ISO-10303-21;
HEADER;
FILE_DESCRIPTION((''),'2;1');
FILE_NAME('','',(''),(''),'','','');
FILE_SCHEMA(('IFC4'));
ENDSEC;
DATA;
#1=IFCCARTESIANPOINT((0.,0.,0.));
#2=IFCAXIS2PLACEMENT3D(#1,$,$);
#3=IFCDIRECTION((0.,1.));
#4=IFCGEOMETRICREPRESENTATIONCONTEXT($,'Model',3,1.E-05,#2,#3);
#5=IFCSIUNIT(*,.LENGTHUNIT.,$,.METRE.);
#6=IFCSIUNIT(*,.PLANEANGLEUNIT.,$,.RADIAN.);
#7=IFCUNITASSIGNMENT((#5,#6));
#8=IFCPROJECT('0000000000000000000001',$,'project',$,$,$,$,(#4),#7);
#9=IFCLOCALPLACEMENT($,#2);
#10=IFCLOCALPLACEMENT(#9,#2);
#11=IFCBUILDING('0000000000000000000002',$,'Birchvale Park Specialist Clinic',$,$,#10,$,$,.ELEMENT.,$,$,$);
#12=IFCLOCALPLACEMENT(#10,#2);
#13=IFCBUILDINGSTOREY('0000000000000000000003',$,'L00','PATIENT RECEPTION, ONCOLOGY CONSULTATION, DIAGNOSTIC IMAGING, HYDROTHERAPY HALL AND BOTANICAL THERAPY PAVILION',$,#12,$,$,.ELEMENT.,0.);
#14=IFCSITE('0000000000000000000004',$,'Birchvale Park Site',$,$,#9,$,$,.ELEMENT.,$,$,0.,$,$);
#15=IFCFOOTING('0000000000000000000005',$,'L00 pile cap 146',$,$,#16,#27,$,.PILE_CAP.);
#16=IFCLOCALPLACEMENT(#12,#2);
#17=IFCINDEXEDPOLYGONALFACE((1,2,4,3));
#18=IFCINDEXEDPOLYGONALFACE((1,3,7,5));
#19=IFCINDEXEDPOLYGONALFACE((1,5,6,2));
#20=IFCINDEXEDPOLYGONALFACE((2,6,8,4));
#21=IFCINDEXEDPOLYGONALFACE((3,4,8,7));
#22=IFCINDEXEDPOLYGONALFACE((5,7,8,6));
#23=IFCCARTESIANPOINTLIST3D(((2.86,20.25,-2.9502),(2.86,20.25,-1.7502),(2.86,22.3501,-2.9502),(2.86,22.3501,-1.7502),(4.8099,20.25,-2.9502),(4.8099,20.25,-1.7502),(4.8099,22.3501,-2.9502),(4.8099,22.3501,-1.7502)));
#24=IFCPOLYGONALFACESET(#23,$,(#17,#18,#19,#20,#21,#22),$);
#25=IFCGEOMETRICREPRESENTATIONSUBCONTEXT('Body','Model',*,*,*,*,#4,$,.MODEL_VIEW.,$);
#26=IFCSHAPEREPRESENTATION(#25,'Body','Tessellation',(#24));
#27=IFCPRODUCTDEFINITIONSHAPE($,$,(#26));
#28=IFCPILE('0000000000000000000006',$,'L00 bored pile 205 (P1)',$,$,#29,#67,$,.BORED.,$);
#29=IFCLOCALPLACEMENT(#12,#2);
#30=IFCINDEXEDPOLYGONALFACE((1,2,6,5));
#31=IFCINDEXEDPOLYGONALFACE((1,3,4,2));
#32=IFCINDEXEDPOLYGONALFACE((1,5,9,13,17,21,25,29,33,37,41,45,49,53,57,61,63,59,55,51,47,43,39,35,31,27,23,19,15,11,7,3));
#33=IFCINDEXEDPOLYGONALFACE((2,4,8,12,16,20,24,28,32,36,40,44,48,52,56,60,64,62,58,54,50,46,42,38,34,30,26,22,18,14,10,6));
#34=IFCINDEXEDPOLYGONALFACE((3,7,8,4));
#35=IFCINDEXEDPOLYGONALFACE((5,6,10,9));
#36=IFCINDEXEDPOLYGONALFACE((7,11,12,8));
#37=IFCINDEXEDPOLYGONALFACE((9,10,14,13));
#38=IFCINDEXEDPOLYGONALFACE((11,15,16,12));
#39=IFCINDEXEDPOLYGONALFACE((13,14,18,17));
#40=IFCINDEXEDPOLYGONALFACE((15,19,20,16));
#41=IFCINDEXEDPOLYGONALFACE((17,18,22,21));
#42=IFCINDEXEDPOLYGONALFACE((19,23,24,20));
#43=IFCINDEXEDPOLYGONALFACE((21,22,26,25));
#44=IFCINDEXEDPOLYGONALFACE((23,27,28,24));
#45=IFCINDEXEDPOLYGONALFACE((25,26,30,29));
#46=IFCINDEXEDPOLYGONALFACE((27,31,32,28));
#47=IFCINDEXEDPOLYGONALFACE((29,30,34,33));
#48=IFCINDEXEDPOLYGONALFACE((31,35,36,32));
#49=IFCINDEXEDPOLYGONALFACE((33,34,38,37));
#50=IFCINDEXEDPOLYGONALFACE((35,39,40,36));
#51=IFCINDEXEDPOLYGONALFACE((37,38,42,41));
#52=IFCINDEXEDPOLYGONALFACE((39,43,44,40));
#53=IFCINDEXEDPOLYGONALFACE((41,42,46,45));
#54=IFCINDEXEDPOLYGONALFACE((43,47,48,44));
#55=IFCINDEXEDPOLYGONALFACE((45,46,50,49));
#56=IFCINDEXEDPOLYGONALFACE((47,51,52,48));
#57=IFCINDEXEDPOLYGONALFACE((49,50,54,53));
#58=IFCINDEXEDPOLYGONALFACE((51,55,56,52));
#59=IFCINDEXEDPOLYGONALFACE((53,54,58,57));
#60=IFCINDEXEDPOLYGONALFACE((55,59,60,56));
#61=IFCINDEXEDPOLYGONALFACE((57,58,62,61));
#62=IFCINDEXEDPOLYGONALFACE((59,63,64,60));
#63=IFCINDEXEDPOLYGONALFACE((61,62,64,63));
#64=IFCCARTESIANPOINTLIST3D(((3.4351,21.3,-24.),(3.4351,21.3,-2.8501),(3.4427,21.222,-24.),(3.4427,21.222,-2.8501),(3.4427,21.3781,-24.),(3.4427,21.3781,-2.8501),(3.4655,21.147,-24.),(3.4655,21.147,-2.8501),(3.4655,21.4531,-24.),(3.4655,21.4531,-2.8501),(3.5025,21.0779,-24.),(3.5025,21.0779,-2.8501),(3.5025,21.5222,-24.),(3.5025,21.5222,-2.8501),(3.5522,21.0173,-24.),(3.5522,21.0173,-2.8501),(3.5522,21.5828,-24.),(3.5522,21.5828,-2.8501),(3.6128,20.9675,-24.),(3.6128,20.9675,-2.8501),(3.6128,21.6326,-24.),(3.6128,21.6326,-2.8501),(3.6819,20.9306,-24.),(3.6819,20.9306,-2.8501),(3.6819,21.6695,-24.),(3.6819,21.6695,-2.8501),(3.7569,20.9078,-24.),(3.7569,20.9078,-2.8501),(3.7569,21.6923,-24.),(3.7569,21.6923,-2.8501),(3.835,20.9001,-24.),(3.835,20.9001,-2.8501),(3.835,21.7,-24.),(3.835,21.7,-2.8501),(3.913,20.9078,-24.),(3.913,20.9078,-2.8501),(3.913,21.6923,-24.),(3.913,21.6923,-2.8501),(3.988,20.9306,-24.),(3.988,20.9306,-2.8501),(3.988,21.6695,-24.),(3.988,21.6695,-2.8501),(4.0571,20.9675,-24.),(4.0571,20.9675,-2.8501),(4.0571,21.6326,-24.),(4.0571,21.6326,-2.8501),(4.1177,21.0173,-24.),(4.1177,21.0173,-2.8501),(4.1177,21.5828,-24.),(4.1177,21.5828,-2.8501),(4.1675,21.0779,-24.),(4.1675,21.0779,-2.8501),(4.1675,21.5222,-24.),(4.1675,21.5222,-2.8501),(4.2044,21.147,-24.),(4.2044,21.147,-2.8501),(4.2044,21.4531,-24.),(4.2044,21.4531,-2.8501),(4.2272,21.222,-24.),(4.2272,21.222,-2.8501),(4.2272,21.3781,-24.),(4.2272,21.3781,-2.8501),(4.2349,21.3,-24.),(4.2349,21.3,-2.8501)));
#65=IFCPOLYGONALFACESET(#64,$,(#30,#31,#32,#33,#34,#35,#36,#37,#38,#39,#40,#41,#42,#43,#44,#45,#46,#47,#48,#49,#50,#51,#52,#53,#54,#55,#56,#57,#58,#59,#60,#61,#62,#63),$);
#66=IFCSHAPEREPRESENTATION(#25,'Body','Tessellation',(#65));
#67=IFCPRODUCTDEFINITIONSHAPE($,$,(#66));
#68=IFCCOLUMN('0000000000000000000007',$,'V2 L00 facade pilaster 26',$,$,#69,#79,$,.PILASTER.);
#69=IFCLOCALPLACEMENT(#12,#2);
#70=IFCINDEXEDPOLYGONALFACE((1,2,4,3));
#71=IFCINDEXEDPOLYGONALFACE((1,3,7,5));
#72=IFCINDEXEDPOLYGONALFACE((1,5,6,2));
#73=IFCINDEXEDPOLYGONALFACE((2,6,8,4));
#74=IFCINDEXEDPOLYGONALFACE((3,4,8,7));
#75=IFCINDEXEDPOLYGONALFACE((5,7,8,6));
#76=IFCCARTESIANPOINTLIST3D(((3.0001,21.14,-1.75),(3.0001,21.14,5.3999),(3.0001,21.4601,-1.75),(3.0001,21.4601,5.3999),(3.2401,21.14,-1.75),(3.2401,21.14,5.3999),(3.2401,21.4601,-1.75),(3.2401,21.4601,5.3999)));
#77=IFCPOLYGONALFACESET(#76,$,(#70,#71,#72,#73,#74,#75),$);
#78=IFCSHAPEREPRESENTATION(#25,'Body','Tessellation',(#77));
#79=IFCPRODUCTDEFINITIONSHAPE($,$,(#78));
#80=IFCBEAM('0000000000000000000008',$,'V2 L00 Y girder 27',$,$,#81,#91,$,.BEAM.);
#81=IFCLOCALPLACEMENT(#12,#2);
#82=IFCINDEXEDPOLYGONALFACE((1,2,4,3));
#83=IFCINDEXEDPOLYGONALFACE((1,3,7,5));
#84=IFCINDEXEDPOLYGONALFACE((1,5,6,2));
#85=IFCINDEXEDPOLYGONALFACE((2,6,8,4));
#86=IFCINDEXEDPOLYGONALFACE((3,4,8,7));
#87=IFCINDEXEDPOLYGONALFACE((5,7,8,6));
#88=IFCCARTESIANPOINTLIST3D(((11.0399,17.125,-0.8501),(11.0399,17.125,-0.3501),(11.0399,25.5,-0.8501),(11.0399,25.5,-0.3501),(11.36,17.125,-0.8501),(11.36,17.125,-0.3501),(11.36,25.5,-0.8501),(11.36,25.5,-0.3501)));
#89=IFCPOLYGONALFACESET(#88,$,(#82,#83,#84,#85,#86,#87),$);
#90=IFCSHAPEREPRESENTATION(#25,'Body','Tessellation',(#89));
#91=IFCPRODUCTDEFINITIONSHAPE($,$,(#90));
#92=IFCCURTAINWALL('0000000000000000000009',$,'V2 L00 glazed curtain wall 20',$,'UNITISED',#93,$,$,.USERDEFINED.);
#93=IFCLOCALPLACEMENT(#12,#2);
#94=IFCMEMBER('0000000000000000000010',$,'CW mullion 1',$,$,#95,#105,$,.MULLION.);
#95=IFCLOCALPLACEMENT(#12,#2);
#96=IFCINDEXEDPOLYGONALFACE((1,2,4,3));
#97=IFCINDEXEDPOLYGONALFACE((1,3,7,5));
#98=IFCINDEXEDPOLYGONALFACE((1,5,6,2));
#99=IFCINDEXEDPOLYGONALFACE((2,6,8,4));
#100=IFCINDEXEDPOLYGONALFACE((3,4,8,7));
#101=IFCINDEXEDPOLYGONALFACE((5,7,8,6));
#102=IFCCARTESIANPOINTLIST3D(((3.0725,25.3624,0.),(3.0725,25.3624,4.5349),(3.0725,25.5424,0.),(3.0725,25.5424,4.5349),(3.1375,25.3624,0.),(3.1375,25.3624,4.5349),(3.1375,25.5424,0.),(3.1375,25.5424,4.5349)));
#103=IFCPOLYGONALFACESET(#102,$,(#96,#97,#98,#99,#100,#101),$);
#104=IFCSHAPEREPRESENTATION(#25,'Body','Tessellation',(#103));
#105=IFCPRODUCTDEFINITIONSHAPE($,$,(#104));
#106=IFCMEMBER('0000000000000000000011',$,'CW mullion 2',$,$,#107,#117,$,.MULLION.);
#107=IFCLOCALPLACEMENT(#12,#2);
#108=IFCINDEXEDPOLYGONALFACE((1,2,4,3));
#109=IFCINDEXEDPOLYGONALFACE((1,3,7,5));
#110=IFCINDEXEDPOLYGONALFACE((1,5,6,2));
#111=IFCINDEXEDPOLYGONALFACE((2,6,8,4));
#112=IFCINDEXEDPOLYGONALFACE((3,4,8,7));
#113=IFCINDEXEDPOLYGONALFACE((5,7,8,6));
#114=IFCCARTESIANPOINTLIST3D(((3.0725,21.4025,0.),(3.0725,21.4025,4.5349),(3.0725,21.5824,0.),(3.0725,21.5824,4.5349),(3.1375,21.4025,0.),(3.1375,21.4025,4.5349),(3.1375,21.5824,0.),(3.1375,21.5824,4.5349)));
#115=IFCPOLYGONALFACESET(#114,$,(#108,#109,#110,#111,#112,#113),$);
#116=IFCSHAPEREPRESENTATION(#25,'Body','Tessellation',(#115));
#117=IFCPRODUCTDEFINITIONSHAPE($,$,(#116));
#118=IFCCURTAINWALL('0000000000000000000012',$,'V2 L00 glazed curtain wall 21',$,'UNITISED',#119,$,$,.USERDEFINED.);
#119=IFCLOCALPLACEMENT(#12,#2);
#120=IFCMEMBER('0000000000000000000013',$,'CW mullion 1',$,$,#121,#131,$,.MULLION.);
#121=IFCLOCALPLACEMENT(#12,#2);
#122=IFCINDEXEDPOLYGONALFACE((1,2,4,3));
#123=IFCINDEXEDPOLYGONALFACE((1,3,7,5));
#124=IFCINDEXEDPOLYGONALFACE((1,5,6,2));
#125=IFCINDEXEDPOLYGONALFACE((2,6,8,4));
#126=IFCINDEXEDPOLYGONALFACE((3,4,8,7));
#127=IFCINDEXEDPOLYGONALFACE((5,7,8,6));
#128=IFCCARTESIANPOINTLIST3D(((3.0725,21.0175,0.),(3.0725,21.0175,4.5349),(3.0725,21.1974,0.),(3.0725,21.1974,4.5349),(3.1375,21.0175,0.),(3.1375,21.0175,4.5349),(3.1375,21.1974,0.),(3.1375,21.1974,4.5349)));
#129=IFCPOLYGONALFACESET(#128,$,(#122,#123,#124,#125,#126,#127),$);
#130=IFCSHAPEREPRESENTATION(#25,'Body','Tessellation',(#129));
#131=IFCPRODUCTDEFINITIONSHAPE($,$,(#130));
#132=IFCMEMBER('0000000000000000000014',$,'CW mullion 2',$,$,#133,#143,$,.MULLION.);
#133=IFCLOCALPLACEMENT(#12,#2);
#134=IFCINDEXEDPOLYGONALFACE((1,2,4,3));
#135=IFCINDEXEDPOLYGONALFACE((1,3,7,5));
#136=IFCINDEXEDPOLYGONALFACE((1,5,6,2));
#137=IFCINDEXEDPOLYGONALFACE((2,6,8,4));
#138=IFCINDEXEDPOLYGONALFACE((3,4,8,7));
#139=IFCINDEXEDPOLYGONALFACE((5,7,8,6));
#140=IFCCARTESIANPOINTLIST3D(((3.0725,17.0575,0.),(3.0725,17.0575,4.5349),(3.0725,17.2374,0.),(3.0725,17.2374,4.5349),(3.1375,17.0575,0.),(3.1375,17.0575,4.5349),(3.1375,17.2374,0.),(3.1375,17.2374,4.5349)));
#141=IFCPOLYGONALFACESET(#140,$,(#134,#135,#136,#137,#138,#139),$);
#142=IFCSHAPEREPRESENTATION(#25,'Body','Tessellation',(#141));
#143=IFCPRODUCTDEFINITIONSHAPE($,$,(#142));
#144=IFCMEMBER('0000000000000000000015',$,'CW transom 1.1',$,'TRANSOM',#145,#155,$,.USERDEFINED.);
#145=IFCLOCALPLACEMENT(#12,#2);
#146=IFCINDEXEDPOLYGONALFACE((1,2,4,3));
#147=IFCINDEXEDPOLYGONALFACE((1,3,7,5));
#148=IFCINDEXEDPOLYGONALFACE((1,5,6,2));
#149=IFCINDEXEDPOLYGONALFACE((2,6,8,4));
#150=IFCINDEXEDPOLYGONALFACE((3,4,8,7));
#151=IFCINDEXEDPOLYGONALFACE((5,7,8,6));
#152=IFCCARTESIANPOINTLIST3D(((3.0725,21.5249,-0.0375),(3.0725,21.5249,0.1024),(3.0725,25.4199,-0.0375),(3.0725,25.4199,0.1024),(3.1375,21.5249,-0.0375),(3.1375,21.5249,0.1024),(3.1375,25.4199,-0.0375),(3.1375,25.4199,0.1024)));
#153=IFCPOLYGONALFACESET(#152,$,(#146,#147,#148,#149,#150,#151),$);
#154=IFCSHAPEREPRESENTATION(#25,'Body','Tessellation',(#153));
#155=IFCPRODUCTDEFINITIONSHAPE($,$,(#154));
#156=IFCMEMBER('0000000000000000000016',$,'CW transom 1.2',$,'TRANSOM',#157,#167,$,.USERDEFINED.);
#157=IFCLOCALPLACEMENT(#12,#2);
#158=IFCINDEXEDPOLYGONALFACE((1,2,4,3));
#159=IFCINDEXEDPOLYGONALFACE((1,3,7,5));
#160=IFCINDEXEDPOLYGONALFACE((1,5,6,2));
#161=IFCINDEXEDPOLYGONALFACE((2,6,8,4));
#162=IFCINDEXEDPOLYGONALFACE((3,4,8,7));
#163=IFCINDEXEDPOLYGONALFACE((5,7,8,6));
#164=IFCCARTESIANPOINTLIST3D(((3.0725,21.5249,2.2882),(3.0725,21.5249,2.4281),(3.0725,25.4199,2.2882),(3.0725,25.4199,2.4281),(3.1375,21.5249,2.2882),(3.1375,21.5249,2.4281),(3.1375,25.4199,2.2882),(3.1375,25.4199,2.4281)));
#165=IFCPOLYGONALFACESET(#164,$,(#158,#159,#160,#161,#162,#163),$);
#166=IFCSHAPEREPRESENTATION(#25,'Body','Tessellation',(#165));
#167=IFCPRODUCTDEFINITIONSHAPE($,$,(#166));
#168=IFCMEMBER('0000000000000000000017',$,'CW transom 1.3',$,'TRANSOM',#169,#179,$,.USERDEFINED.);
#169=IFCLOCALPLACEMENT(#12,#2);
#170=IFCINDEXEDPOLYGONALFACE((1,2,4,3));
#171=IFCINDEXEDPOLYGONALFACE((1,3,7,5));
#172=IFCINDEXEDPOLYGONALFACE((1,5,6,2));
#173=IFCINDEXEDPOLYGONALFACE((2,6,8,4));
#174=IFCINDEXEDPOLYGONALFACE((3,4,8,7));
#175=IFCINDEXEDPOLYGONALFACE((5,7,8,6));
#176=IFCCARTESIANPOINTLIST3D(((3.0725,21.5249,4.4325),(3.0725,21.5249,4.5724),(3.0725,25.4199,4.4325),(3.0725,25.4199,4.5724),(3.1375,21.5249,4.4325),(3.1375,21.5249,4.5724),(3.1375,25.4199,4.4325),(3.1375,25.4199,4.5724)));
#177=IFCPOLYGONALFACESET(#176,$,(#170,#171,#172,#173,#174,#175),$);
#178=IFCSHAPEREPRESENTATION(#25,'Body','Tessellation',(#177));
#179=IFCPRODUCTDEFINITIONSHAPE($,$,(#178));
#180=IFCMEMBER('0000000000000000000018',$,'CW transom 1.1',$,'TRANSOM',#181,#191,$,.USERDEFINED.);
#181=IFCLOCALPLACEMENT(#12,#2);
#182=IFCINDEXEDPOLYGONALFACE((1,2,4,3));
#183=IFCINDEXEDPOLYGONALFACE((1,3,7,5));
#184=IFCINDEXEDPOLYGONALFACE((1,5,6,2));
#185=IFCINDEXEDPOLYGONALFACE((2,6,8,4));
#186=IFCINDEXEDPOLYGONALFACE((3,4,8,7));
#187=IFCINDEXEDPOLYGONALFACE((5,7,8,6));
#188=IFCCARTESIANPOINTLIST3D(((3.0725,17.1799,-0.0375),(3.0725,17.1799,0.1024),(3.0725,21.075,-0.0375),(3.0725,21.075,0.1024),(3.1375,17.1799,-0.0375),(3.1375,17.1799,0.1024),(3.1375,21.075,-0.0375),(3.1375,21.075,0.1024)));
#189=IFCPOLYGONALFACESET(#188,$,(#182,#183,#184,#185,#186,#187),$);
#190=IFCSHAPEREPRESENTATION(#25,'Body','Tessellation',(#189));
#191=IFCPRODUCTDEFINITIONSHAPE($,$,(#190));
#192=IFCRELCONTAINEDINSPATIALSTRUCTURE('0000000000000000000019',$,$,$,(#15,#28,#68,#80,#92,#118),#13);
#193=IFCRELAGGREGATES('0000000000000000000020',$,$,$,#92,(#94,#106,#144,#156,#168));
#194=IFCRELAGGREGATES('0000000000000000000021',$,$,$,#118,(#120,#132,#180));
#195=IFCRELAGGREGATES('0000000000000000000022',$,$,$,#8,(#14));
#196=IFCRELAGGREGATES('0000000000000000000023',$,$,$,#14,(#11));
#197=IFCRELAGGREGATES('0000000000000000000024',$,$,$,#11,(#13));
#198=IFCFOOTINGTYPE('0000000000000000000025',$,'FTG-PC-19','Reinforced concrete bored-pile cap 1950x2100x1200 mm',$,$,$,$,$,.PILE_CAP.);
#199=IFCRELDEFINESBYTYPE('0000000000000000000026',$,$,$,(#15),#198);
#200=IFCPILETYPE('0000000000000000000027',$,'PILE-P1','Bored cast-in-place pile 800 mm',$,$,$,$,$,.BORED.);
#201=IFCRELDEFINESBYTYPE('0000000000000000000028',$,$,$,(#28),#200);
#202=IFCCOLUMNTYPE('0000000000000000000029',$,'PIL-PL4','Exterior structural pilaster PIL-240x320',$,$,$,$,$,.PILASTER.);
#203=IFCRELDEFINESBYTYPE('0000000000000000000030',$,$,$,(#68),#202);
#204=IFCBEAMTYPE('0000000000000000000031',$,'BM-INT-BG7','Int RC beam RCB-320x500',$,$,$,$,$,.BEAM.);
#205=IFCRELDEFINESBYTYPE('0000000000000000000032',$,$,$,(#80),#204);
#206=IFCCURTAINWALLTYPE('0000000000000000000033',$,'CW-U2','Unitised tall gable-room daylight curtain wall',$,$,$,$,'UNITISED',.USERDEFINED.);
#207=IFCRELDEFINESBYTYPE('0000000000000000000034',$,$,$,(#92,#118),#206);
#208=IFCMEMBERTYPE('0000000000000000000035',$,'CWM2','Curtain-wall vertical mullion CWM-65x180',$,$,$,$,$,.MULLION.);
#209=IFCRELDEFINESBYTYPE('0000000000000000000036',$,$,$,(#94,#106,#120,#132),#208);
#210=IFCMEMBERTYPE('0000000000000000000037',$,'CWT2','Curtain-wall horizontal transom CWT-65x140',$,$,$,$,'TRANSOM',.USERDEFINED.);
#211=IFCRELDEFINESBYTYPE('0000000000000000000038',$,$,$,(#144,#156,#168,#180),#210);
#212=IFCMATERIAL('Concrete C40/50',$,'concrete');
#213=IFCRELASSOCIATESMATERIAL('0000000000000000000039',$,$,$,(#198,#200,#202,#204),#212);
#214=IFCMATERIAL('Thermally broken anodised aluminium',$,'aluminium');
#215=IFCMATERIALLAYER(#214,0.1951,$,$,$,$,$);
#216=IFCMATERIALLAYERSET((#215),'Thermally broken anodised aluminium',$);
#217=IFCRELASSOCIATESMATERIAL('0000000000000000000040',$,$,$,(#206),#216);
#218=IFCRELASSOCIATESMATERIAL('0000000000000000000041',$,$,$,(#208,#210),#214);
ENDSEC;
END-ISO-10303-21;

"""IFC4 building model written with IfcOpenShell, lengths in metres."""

from ifc_helpers import new_model, si_unit, direction, frame, origin, origin_2d, place, context, subcontext, project, spatial, rectangle, circle, extrude, material, layer, layer_set, material_profile, profile_set, type_object, element, aggregate, save


model = new_model("IFC4")

# Units and contexts
model_context = context("Model", 3, precision=1e-05, world=origin(), true_north=direction((0.0, 1.0)))
body_context = subcontext(model_context, "Body", "Model", "MODEL_VIEW")
ifc_project = project(units=[si_unit("LENGTHUNIT", "METRE"), si_unit("PLANEANGLEUNIT", "RADIAN")], contexts=[model_context])

# Site, building, storey
site_placement = place(None, origin())
site = spatial("IfcSite", under=ifc_project, at=site_placement, Name="Birchvale Park Site", CompositionType="ELEMENT", RefElevation=0.0)
building_placement = place(site_placement, origin())
building = spatial("IfcBuilding", under=site, at=building_placement, Name="Birchvale Park Specialist Clinic", CompositionType="ELEMENT")
storey_placement = place(building_placement, origin())
storey = spatial("IfcBuildingStorey", under=building, at=storey_placement, Name="L00", Description="PATIENT RECEPTION, ONCOLOGY CONSULTATION, DIAGNOSTIC IMAGING, HYDROTHERAPY HALL AND BOTANICAL THERAPY PAVILION", CompositionType="ELEMENT", Elevation=0.0)

# Footing
ifc_material_1 = material(Name="Concrete C40/50", Category="concrete")
footing_type = type_object("IfcFootingType", Name="FTG-PC-19", Description="Reinforced concrete bored-pile cap 1950x2100x1200 mm", PredefinedType="PILE_CAP", material=ifc_material_1)
footing_placement = place(storey_placement, frame((3.835, 21.3, -2.9502), z_axis=(0.0, 0.0, 1.0), x_axis=(1.0, 0.0, 0.0)))
element("IfcFooting", 1, at=footing_placement, inside=storey, type_object=footing_type, Name="L00 pile cap 146", PredefinedType="PILE_CAP", context=body_context, shape_type="SweptSolid", body=[
    extrude(rectangle(XDim=1.95, YDim=2.1001, at=origin_2d()), origin(), (0.0, 0.0, 1.0), 1.2),
])

# Pile
ifc_material_profile_1 = material_profile(ifc_material_1, circle(Radius=0.3999, at=origin_2d()), Name="PILE-800")
ifc_profile_set_1 = profile_set([ifc_material_profile_1], Name="Concrete C40/50")
pile_type = type_object("IfcPileType", Name="PILE-P1", Description="Bored cast-in-place pile 800 mm", PredefinedType="BORED", material=ifc_profile_set_1)
pile_placement = place(storey_placement, frame((3.835, 21.3, -2.8501), z_axis=(0.0, 0.0, -1.0), x_axis=(1.0, 0.0, 0.0)))
element("IfcPile", 2, at=pile_placement, inside=storey, type_object=pile_type, Name="L00 bored pile 205 (P1)", PredefinedType="BORED", context=body_context, shape_type="SweptSolid", body=[
    extrude(circle(Radius=0.3999, at=origin_2d()), origin(), (0.0, 0.0, 1.0), 21.1499),
])

# Column
ifc_material_profile_2 = material_profile(ifc_material_1, rectangle(XDim=0.24, YDim=0.3201, at=origin_2d()), Name="PIL-240x320")
ifc_profile_set_2 = profile_set([ifc_material_profile_2], Name="Concrete C40/50")
column_type = type_object("IfcColumnType", Name="PIL-PL4", Description="Exterior structural pilaster PIL-240x320", PredefinedType="PILASTER", material=ifc_profile_set_2)
column_placement = place(storey_placement, frame((3.1201, 21.3, -1.75), z_axis=(0.0, 0.0, 1.0), x_axis=(1.0, 0.0, 0.0)))
element("IfcColumn", 3, at=column_placement, inside=storey, type_object=column_type, Name="V2 L00 facade pilaster 26", PredefinedType="PILASTER", context=body_context, shape_type="SweptSolid", body=[
    extrude(rectangle(XDim=0.24, YDim=0.3201, at=origin_2d()), origin(), (0.0, 0.0, 1.0), 7.1499),
])

# Beam
ifc_material_profile_3 = material_profile(ifc_material_1, rectangle(XDim=0.3201, YDim=0.5, at=origin_2d()), Name="RCB-320x500")
ifc_profile_set_3 = profile_set([ifc_material_profile_3], Name="Concrete C40/50")
beam_type = type_object("IfcBeamType", Name="BM-INT-BG7", Description="Int RC beam RCB-320x500", PredefinedType="BEAM", material=ifc_profile_set_3)
beam_placement = place(storey_placement, frame((11.2, 17.125, -0.6001), z_axis=(0.0, 1.0, 0.0), x_axis=(-1.0, 0.0, 0.0)))
element("IfcBeam", 4, at=beam_placement, inside=storey, type_object=beam_type, Name="V2 L00 Y girder 27", PredefinedType="BEAM", context=body_context, shape_type="SweptSolid", body=[
    extrude(rectangle(XDim=0.3201, YDim=0.5, at=origin_2d()), origin(), (0.0, 0.0, 1.0), 8.375),
])

# Curtain walls, members
ifc_material_2 = material(Name="Thermally broken anodised aluminium", Category="aluminium")
ifc_layer_1 = layer(ifc_material_2, 0.1951)
ifc_layer_set_1 = layer_set([ifc_layer_1], Name="Thermally broken anodised aluminium")
curtain_wall_type = type_object("IfcCurtainWallType", Name="CW-U2", Description="Unitised tall gable-room daylight curtain wall", ElementType="UNITISED", PredefinedType="USERDEFINED", material=ifc_layer_set_1)
curtain_wall_1_placement = place(storey_placement, origin())
curtain_wall_1 = element("IfcCurtainWall", 5, at=curtain_wall_1_placement, inside=storey, type_object=curtain_wall_type, Name="V2 L00 glazed curtain wall 20", ObjectType="UNITISED", PredefinedType="USERDEFINED")
ifc_material_profile_4 = material_profile(ifc_material_2, rectangle(XDim=0.0649, YDim=0.1799, at=origin_2d()), Name="CWM-65x180")
ifc_profile_set_4 = profile_set([ifc_material_profile_4], Name="Thermally broken anodised aluminium")
member_type_1 = type_object("IfcMemberType", Name="CWM2", Description="Curtain-wall vertical mullion CWM-65x180", PredefinedType="MULLION", material=ifc_profile_set_4)
member_1_placement = place(storey_placement, frame((3.105, 25.4524, 0.0), z_axis=(0.0, 0.0, 1.0), x_axis=(1.0, 0.0, 0.0)))
member_1 = element("IfcMember", 6, at=member_1_placement, type_object=member_type_1, Name="CW mullion 1", PredefinedType="MULLION", context=body_context, shape_type="SweptSolid", body=[
    extrude(rectangle(XDim=0.0649, YDim=0.1799, at=origin_2d()), origin(), (0.0, 0.0, 1.0), 4.5349),
])
member_2_placement = place(storey_placement, frame((3.105, 21.4924, 0.0), z_axis=(0.0, 0.0, 1.0), x_axis=(1.0, 0.0, 0.0)))
member_2 = element("IfcMember", 7, at=member_2_placement, type_object=member_type_1, Name="CW mullion 2", PredefinedType="MULLION", context=body_context, shape_type="SweptSolid", body=[
    extrude(rectangle(XDim=0.0649, YDim=0.1799, at=origin_2d()), origin(), (0.0, 0.0, 1.0), 4.5349),
])
curtain_wall_2_placement = place(storey_placement, origin())
curtain_wall_2 = element("IfcCurtainWall", 8, at=curtain_wall_2_placement, inside=storey, type_object=curtain_wall_type, Name="V2 L00 glazed curtain wall 21", ObjectType="UNITISED", PredefinedType="USERDEFINED")
member_3_placement = place(storey_placement, frame((3.105, 21.1074, 0.0), z_axis=(0.0, 0.0, 1.0), x_axis=(1.0, 0.0, 0.0)))
member_3 = element("IfcMember", 9, at=member_3_placement, type_object=member_type_1, Name="CW mullion 1", PredefinedType="MULLION", context=body_context, shape_type="SweptSolid", body=[
    extrude(rectangle(XDim=0.0649, YDim=0.1799, at=origin_2d()), origin(), (0.0, 0.0, 1.0), 4.5349),
])
member_4_placement = place(storey_placement, frame((3.105, 17.1475, 0.0), z_axis=(0.0, 0.0, 1.0), x_axis=(1.0, 0.0, 0.0)))
member_4 = element("IfcMember", 10, at=member_4_placement, type_object=member_type_1, Name="CW mullion 2", PredefinedType="MULLION", context=body_context, shape_type="SweptSolid", body=[
    extrude(rectangle(XDim=0.0649, YDim=0.1799, at=origin_2d()), origin(), (0.0, 0.0, 1.0), 4.5349),
])

# Members
ifc_material_profile_5 = material_profile(ifc_material_2, rectangle(XDim=0.0649, YDim=0.1399, at=origin_2d()), Name="CWT-65x140")
ifc_profile_set_5 = profile_set([ifc_material_profile_5], Name="Thermally broken anodised aluminium")
member_type_2 = type_object("IfcMemberType", Name="CWT2", Description="Curtain-wall horizontal transom CWT-65x140", ElementType="TRANSOM", PredefinedType="USERDEFINED", material=ifc_profile_set_5)
member_5_placement = place(storey_placement, frame((3.105, 25.4199, 0.0325), z_axis=(0.0, -1.0, 0.0), x_axis=(1.0, 0.0, 0.0)))
member_5 = element("IfcMember", 11, at=member_5_placement, type_object=member_type_2, Name="CW transom 1.1", ObjectType="TRANSOM", PredefinedType="USERDEFINED", context=body_context, shape_type="SweptSolid", body=[
    extrude(rectangle(XDim=0.0649, YDim=0.1399, at=origin_2d()), origin(), (0.0, 0.0, 1.0), 3.895),
])
member_6_placement = place(storey_placement, frame((3.105, 25.4199, 2.3582), z_axis=(0.0, -1.0, 0.0), x_axis=(1.0, 0.0, 0.0)))
member_6 = element("IfcMember", 12, at=member_6_placement, type_object=member_type_2, Name="CW transom 1.2", ObjectType="TRANSOM", PredefinedType="USERDEFINED", context=body_context, shape_type="SweptSolid", body=[
    extrude(rectangle(XDim=0.0649, YDim=0.1399, at=origin_2d()), origin(), (0.0, 0.0, 1.0), 3.895),
])
member_7_placement = place(storey_placement, frame((3.105, 25.4199, 4.5024), z_axis=(0.0, -1.0, 0.0), x_axis=(1.0, 0.0, 0.0)))
member_7 = element("IfcMember", 13, at=member_7_placement, type_object=member_type_2, Name="CW transom 1.3", ObjectType="TRANSOM", PredefinedType="USERDEFINED", context=body_context, shape_type="SweptSolid", body=[
    extrude(rectangle(XDim=0.0649, YDim=0.1399, at=origin_2d()), origin(), (0.0, 0.0, 1.0), 3.895),
])
member_8_placement = place(storey_placement, frame((3.105, 21.075, 0.0325), z_axis=(0.0, -1.0, 0.0), x_axis=(1.0, 0.0, 0.0)))
member_8 = element("IfcMember", 14, at=member_8_placement, type_object=member_type_2, Name="CW transom 1.1", ObjectType="TRANSOM", PredefinedType="USERDEFINED", context=body_context, shape_type="SweptSolid", body=[
    extrude(rectangle(XDim=0.0649, YDim=0.1399, at=origin_2d()), origin(), (0.0, 0.0, 1.0), 3.895),
])

aggregate(curtain_wall_1, [member_1, member_2, member_5, member_6, member_7])
aggregate(curtain_wall_2, [member_3, member_4, member_8])

save(model, "model.ifc")
